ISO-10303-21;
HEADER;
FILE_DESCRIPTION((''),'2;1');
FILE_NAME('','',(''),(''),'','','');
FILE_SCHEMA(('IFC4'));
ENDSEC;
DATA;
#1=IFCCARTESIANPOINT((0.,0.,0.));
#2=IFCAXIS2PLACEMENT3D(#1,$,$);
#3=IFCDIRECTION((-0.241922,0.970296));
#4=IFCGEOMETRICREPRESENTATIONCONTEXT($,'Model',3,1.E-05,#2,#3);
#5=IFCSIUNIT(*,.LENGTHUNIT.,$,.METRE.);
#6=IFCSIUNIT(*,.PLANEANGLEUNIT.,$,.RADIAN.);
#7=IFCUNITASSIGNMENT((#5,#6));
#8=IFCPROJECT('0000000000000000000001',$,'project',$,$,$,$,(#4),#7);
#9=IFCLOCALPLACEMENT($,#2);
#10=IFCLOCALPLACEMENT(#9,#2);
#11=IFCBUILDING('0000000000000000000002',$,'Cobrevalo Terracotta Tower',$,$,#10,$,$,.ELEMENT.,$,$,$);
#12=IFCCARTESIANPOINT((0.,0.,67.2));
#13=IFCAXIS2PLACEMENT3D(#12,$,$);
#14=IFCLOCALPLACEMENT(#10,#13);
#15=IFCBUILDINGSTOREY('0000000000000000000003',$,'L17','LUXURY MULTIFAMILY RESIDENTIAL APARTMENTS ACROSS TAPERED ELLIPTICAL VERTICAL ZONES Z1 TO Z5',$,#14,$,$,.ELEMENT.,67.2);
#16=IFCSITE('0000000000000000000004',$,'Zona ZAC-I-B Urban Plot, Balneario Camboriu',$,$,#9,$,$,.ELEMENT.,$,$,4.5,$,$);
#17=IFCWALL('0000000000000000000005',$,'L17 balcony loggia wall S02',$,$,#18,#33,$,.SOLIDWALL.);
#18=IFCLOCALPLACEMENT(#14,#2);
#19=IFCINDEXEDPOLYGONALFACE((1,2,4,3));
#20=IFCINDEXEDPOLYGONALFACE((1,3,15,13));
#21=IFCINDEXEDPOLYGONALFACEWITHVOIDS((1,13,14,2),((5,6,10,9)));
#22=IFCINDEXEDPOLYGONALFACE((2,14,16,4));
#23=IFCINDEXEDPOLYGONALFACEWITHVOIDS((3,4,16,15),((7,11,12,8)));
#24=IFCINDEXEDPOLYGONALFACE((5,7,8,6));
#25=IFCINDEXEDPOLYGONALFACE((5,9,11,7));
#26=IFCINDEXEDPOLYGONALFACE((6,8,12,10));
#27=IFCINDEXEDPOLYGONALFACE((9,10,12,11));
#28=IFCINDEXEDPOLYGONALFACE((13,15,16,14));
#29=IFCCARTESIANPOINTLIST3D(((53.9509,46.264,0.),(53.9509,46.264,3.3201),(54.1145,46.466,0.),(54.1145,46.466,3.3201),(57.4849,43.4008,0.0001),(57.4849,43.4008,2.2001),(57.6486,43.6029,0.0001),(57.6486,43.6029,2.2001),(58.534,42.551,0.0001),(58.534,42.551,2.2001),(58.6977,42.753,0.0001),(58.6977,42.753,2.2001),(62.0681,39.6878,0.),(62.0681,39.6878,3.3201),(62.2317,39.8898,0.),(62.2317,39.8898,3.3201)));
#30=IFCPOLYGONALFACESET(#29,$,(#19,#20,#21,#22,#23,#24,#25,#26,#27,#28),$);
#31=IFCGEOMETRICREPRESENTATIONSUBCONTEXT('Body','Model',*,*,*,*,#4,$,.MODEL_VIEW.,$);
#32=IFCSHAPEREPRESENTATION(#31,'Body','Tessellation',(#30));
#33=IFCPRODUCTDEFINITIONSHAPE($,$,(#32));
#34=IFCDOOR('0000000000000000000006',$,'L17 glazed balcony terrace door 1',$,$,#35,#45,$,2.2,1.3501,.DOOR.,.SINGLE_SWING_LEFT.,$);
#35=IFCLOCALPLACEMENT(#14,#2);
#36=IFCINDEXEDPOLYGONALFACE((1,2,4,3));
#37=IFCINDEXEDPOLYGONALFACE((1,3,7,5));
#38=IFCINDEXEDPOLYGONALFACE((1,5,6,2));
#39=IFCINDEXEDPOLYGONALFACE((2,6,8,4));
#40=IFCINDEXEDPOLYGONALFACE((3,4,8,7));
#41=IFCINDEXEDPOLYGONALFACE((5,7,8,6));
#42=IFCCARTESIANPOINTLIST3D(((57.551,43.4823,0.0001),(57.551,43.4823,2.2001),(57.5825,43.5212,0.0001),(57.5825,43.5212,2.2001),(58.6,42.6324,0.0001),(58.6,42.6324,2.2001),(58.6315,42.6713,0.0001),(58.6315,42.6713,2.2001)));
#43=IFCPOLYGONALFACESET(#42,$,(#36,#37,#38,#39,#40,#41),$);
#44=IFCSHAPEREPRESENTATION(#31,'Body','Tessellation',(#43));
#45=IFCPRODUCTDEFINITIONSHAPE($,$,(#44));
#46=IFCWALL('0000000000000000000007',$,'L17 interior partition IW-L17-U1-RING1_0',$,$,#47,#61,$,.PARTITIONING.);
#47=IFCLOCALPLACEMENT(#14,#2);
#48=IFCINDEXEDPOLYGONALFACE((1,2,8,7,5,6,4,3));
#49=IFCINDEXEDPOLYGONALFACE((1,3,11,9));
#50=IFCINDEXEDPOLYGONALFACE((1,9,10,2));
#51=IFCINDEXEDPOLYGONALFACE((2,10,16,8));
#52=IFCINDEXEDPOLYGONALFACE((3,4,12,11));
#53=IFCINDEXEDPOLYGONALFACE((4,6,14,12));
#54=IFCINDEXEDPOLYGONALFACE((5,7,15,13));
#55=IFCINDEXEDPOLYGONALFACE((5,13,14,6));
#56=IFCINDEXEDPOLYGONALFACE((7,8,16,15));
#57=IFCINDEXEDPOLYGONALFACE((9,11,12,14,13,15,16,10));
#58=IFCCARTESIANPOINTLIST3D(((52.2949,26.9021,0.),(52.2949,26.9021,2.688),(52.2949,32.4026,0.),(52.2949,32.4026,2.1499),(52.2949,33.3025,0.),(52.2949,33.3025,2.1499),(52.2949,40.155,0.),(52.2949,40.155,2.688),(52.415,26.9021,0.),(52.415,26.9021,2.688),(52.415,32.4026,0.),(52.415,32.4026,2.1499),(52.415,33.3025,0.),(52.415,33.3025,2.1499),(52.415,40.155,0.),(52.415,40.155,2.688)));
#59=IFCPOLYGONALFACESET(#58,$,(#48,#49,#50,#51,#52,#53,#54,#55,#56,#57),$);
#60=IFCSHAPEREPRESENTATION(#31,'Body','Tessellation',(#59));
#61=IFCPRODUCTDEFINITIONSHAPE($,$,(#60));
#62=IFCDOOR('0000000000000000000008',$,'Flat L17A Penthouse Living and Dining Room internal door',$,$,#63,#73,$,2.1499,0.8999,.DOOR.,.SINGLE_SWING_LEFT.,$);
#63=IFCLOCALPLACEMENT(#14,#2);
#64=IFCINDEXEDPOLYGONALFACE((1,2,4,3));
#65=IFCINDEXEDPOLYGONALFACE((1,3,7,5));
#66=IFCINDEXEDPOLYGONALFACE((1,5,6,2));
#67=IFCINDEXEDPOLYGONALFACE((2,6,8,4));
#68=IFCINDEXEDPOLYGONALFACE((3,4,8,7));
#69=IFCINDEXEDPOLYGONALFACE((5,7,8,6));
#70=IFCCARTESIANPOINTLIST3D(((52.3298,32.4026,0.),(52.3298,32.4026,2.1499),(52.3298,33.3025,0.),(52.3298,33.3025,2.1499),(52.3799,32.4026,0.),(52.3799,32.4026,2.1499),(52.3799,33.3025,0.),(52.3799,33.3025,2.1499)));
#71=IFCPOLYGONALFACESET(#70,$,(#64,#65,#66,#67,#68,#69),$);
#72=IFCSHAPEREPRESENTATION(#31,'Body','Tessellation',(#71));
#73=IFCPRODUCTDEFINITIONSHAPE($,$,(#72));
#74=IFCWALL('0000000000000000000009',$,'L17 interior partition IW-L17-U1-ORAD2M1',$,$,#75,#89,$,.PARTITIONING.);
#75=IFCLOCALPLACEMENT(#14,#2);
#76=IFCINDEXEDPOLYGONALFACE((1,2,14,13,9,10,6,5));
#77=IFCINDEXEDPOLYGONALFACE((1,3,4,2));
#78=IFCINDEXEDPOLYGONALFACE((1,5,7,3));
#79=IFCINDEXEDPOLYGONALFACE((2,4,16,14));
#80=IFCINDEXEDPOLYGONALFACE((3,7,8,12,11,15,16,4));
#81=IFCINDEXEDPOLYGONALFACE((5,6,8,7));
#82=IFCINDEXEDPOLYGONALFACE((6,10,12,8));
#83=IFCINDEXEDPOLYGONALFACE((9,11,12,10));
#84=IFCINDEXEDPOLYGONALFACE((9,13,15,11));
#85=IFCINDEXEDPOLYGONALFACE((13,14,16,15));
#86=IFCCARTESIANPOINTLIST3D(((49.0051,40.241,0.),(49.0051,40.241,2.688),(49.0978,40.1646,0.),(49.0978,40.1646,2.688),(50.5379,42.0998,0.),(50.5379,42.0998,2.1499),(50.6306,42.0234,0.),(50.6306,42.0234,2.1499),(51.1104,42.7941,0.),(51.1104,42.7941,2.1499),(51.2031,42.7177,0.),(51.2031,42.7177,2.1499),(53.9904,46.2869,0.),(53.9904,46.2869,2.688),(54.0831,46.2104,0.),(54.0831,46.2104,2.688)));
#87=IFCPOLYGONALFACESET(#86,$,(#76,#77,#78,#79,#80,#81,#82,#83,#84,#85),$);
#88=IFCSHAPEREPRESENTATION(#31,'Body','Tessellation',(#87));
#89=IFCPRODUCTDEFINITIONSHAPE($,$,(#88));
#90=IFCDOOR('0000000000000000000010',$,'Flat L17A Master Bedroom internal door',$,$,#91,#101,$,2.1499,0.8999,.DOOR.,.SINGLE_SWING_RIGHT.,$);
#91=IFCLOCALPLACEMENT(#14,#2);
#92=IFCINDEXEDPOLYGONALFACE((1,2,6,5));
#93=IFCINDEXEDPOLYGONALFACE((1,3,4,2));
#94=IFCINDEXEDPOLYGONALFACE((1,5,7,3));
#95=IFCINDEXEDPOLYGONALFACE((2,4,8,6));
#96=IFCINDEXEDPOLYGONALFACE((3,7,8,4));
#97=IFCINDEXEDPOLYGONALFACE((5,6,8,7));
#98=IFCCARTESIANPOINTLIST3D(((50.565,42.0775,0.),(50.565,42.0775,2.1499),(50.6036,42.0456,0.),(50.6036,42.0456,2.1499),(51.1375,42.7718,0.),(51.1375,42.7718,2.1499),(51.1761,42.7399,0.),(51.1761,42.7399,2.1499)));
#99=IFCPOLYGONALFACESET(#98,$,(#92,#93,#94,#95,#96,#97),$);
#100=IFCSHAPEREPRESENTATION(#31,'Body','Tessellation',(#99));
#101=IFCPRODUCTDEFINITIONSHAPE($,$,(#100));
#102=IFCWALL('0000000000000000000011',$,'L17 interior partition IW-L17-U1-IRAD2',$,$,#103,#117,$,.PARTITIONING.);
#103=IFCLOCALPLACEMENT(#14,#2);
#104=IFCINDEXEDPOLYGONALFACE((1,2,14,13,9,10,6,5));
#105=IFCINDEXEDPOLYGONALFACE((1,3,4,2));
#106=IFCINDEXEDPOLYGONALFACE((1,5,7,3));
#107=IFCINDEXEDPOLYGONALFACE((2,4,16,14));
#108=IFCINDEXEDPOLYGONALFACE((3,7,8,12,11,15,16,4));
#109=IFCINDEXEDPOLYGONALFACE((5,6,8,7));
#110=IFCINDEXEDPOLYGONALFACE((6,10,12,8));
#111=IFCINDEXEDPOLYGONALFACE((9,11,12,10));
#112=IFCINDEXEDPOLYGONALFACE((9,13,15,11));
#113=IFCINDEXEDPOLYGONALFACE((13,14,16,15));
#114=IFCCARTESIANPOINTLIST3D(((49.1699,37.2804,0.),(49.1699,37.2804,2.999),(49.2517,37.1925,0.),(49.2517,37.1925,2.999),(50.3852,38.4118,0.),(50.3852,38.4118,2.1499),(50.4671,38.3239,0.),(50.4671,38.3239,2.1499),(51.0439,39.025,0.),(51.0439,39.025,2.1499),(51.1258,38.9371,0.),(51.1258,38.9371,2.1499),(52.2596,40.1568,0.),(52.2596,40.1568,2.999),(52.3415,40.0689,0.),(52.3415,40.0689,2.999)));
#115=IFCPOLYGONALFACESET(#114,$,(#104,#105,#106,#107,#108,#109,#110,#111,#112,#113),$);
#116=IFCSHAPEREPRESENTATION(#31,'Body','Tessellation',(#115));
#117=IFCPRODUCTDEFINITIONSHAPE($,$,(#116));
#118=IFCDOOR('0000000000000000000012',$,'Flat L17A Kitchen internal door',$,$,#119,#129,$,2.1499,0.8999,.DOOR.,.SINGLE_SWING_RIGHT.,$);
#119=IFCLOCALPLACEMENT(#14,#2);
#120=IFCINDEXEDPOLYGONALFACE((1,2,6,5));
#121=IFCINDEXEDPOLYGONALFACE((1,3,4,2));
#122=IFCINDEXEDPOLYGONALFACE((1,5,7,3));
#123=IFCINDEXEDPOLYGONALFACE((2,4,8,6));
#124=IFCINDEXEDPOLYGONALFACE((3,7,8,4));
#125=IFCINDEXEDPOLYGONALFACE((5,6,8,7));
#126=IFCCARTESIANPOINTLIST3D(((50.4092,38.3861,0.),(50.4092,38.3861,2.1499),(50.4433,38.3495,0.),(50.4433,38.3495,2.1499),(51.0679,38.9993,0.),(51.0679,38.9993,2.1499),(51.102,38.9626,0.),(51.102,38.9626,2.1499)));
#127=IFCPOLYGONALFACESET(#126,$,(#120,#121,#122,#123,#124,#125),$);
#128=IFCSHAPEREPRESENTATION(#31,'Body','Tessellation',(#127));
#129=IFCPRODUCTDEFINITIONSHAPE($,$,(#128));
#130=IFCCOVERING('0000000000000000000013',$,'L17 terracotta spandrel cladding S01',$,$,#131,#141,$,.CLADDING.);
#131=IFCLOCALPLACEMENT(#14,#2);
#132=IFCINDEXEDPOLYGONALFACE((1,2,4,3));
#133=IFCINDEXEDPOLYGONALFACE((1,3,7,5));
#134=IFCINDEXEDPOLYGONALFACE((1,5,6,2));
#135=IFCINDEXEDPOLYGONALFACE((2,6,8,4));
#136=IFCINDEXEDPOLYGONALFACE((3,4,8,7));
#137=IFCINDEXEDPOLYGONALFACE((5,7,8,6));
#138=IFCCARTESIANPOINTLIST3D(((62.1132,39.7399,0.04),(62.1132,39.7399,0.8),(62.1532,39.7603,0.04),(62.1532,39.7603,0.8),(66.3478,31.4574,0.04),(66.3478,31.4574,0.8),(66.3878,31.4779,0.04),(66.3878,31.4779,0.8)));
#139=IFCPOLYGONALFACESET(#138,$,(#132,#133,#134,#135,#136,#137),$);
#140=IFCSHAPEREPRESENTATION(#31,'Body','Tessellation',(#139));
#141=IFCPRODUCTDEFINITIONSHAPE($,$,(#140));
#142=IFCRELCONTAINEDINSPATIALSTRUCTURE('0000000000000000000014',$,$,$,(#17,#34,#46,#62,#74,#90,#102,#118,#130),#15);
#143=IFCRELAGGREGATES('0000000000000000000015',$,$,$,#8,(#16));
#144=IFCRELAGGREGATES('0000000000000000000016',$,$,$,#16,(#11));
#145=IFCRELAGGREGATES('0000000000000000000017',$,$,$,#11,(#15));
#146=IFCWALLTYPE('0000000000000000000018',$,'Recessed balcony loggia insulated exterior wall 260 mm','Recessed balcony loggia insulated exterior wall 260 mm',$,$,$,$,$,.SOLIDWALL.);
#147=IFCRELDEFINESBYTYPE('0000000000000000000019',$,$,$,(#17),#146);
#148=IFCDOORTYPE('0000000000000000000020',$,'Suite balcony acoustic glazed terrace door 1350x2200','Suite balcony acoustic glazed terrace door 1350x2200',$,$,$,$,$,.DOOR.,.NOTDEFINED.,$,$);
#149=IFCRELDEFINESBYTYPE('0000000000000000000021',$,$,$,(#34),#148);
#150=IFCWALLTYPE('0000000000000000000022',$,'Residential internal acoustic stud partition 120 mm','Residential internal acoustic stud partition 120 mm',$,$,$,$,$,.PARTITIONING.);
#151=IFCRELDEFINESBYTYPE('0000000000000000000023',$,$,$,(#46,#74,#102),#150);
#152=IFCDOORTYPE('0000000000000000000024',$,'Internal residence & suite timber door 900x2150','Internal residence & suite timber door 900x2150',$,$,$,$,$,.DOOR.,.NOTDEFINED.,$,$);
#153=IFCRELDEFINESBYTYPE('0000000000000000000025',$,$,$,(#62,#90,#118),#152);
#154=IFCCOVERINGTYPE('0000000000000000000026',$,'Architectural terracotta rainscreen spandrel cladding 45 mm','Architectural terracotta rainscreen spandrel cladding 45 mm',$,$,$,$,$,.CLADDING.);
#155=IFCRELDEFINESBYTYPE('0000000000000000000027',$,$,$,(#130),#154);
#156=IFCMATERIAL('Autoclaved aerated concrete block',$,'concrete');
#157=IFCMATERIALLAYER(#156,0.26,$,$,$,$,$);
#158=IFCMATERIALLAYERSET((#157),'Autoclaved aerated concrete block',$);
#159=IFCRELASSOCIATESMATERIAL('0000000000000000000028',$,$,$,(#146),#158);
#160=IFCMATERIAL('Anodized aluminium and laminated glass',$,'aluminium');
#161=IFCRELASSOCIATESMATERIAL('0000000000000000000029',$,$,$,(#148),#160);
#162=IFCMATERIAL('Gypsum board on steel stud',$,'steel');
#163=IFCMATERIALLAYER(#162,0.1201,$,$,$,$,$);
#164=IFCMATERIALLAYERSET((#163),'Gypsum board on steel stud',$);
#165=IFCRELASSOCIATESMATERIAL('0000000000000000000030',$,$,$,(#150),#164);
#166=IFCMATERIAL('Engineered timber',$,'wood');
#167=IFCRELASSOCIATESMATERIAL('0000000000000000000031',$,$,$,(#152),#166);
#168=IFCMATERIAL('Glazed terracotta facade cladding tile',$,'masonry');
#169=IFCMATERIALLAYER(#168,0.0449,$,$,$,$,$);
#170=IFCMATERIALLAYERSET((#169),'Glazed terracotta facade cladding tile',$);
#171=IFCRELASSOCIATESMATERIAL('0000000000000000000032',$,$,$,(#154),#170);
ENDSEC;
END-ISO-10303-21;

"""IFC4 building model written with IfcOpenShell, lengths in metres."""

from ifc_helpers import new_model, si_unit, direction, frame, frame_2d, origin, origin_2d, place, context, subcontext, project, spatial, rectangle, extrude, source, transform, mapped, material, layer, layer_set, type_object, element, fill, save


model = new_model("IFC4")

# Units and contexts
model_context = context("Model", 3, precision=1e-05, world=origin(), true_north=direction((-0.241922, 0.970296)))
body_context = subcontext(model_context, "Body", "Model", "MODEL_VIEW")
ifc_project = project(units=[si_unit("LENGTHUNIT", "METRE"), si_unit("PLANEANGLEUNIT", "RADIAN")], contexts=[model_context])

# Site, building, storey
site_placement = place(None, origin())
site = spatial("IfcSite", under=ifc_project, at=site_placement, Name="Zona ZAC-I-B Urban Plot, Balneario Camboriu", CompositionType="ELEMENT", RefElevation=4.5)
building_placement = place(site_placement, origin())
building = spatial("IfcBuilding", under=site, at=building_placement, Name="Cobrevalo Terracotta Tower", CompositionType="ELEMENT")
storey_placement = place(building_placement, frame((0.0, 0.0, 67.2)))
storey = spatial("IfcBuildingStorey", under=building, at=storey_placement, Name="L17", Description="LUXURY MULTIFAMILY RESIDENTIAL APARTMENTS ACROSS TAPERED ELLIPTICAL VERTICAL ZONES Z1 TO Z5", CompositionType="ELEMENT", Elevation=67.2)

# Walls, openings, doors
ifc_material_1 = material(Name="Autoclaved aerated concrete block", Category="concrete")
ifc_layer_1 = layer(ifc_material_1, 0.26)
ifc_layer_set_1 = layer_set([ifc_layer_1], Name="Autoclaved aerated concrete block")
wall_type_1 = type_object("IfcWallType", Name="Recessed balcony loggia insulated exterior wall 260 mm", Description="Recessed balcony loggia insulated exterior wall 260 mm", PredefinedType="SOLIDWALL", material=ifc_layer_set_1)
wall_1_placement = place(storey_placement, frame((62.1499, 39.7888, 0.0), z_axis=(0.0, 0.0, 1.0), x_axis=(-0.777005, 0.629494, 0.0)))
wall_1 = element("IfcWall", 1, at=wall_1_placement, inside=storey, type_object=wall_type_1, Name="L17 balcony loggia wall S02", PredefinedType="SOLIDWALL", context=body_context, shape_type="SweptSolid", body=[
    extrude(rectangle(XDim=10.4468, YDim=0.26, at=frame_2d((5.2234, 0.0))), origin(), (0.0, 0.0, 1.0), 3.3201),
])
opening_1_placement = place(wall_1_placement, frame((4.5483, 0.0, 0.0)))
opening_1 = element("IfcOpeningElement", 2, at=opening_1_placement, cuts=wall_1, PredefinedType="OPENING", context=body_context, shape_type="SweptSolid", body=[
    extrude(rectangle(XDim=1.3501, YDim=2.2, at=frame_2d((0.675, 1.1001))), frame((0.0, 0.1401, 0.0), z_axis=(0.0, -1.0, 0.0), x_axis=(1.0, 0.0, 0.0)), (0.0, 0.0, 1.0), 0.28),
])
ifc_material_2 = material(Name="Anodized aluminium and laminated glass", Category="aluminium")
door_type_1 = type_object("IfcDoorType", Name="Suite balcony acoustic glazed terrace door 1350x2200", Description="Suite balcony acoustic glazed terrace door 1350x2200", OperationType="NOTDEFINED", PredefinedType="DOOR", material=ifc_material_2)
shared_shape_1 = source(origin(), body_context, "Body", "SweptSolid", [
    extrude(rectangle(XDim=1.3501, YDim=2.2, at=frame_2d((0.675, 1.1001))), frame((0.0, 0.0249, 0.0), z_axis=(0.0, -1.0, 0.0), x_axis=(1.0, 0.0, 0.0)), (0.0, 0.0, 1.0), 0.05),
])
door_1_placement = place(opening_1_placement, frame((1.3501, 0.0, 0.0), z_axis=(0.0, 0.0, 1.0), x_axis=(-1.0, 0.0, 0.0)))
door_1 = element("IfcDoor", 3, at=door_1_placement, inside=storey, type_object=door_type_1, Name="L17 glazed balcony terrace door 1", OperationType="SINGLE_SWING_LEFT", OverallHeight=2.2, OverallWidth=1.3501, PredefinedType="DOOR", context=body_context, shape_type="MappedRepresentation", body=[
    mapped(shared_shape_1, transform((0.0, 0.0, 0.0), scale=1.0)),
])
fill(opening_1, door_1)
ifc_material_3 = material(Name="Gypsum board on steel stud", Category="steel")
ifc_layer_2 = layer(ifc_material_3, 0.1201)
ifc_layer_set_2 = layer_set([ifc_layer_2], Name="Gypsum board on steel stud")
wall_type_2 = type_object("IfcWallType", Name="Residential internal acoustic stud partition 120 mm", Description="Residential internal acoustic stud partition 120 mm", PredefinedType="PARTITIONING", material=ifc_layer_set_2)
wall_2_placement = place(storey_placement, frame((52.355, 40.155, 0.0), z_axis=(0.0, 0.0, 1.0), x_axis=(0.0, -1.0, 0.0)))
wall_2 = element("IfcWall", 4, at=wall_2_placement, inside=storey, type_object=wall_type_2, Name="L17 interior partition IW-L17-U1-RING1_0", PredefinedType="PARTITIONING", context=body_context, shape_type="SweptSolid", body=[
    extrude(rectangle(XDim=13.2529, YDim=0.1201, at=frame_2d((6.6265, 0.0))), origin(), (0.0, 0.0, 1.0), 2.688),
])
opening_2_placement = place(wall_2_placement, frame((6.8525, 0.0, 0.0)))
opening_2 = element("IfcOpeningElement", 5, at=opening_2_placement, cuts=wall_2, PredefinedType="OPENING", context=body_context, shape_type="SweptSolid", body=[
    extrude(rectangle(XDim=0.8999, YDim=2.1499, at=frame_2d((0.45, 1.075))), frame((0.0, 0.0701, 0.0), z_axis=(0.0, -1.0, 0.0), x_axis=(1.0, 0.0, 0.0)), (0.0, 0.0, 1.0), 0.1401),
])
ifc_material_4 = material(Name="Engineered timber", Category="wood")
door_type_2 = type_object("IfcDoorType", Name="Internal residence & suite timber door 900x2150", Description="Internal residence & suite timber door 900x2150", OperationType="NOTDEFINED", PredefinedType="DOOR", material=ifc_material_4)
shared_shape_2 = source(origin(), body_context, "Body", "SweptSolid", [
    extrude(rectangle(XDim=0.8999, YDim=2.1499, at=frame_2d((0.45, 1.075))), frame((0.0, 0.0249, 0.0), z_axis=(0.0, -1.0, 0.0), x_axis=(1.0, 0.0, 0.0)), (0.0, 0.0, 1.0), 0.05),
])
door_2_placement = place(opening_2_placement, origin())
door_2 = element("IfcDoor", 6, at=door_2_placement, inside=storey, type_object=door_type_2, Name="Flat L17A Penthouse Living and Dining Room internal door", OperationType="SINGLE_SWING_LEFT", OverallHeight=2.1499, OverallWidth=0.8999, PredefinedType="DOOR", context=body_context, shape_type="MappedRepresentation", body=[
    mapped(shared_shape_2, transform((0.0, 0.0, 0.0), scale=1.0)),
])
fill(opening_2, door_2)
wall_3_placement = place(storey_placement, frame((49.0515, 40.2029, 0.0), z_axis=(0.0, 0.0, 1.0), x_axis=(0.636192, 0.771531, 0.0)))
wall_3 = element("IfcWall", 7, at=wall_3_placement, inside=storey, type_object=wall_type_2, Name="L17 interior partition IW-L17-U1-ORAD2M1", PredefinedType="PARTITIONING", context=body_context, shape_type="SweptSolid", body=[
    extrude(rectangle(XDim=7.8362, YDim=0.1201, at=frame_2d((3.918, 0.0))), origin(), (0.0, 0.0, 1.0), 2.688),
])
opening_3_placement = place(wall_3_placement, frame((2.4092, 0.0, 0.0)))
opening_3 = element("IfcOpeningElement", 8, at=opening_3_placement, cuts=wall_3, PredefinedType="OPENING", context=body_context, shape_type="SweptSolid", body=[
    extrude(rectangle(XDim=0.8999, YDim=2.1499, at=frame_2d((0.45, 1.075))), frame((0.0, 0.0701, 0.0), z_axis=(0.0, -1.0, 0.0), x_axis=(1.0, 0.0, 0.0)), (0.0, 0.0, 1.0), 0.1401),
])
door_3_placement = place(opening_3_placement, origin())
door_3 = element("IfcDoor", 9, at=door_3_placement, inside=storey, type_object=door_type_2, Name="Flat L17A Master Bedroom internal door", OperationType="SINGLE_SWING_RIGHT", OverallHeight=2.1499, OverallWidth=0.8999, PredefinedType="DOOR", context=body_context, shape_type="MappedRepresentation", body=[
    mapped(shared_shape_2, transform((0.0, 0.0, 0.0), scale=1.0)),
])
fill(opening_3, door_3)
wall_4_placement = place(storey_placement, frame((49.2107, 37.2363, 0.0), z_axis=(0.0, 0.0, 1.0), x_axis=(0.731928, 0.681382, 0.0)))
wall_4 = element("IfcWall", 10, at=wall_4_placement, inside=storey, type_object=wall_type_2, Name="L17 interior partition IW-L17-U1-IRAD2", PredefinedType="PARTITIONING", context=body_context, shape_type="SweptSolid", body=[
    extrude(rectangle(XDim=4.2214, YDim=0.1201, at=frame_2d((2.1108, 0.0))), origin(), (0.0, 0.0, 1.0), 2.999),
])
opening_4_placement = place(wall_4_placement, frame((1.6606, 0.0, 0.0)))
opening_4 = element("IfcOpeningElement", 11, at=opening_4_placement, cuts=wall_4, PredefinedType="OPENING", context=body_context, shape_type="SweptSolid", body=[
    extrude(rectangle(XDim=0.8999, YDim=2.1499, at=frame_2d((0.45, 1.075))), frame((0.0, 0.0701, 0.0), z_axis=(0.0, -1.0, 0.0), x_axis=(1.0, 0.0, 0.0)), (0.0, 0.0, 1.0), 0.1401),
])
door_4_placement = place(opening_4_placement, origin())
door_4 = element("IfcDoor", 12, at=door_4_placement, inside=storey, type_object=door_type_2, Name="Flat L17A Kitchen internal door", OperationType="SINGLE_SWING_RIGHT", OverallHeight=2.1499, OverallWidth=0.8999, PredefinedType="DOOR", context=body_context, shape_type="MappedRepresentation", body=[
    mapped(shared_shape_2, transform((0.0, 0.0, 0.0), scale=1.0)),
])
fill(opening_4, door_4)

# Covering
ifc_material_5 = material(Name="Glazed terracotta facade cladding tile", Category="masonry")
ifc_layer_3 = layer(ifc_material_5, 0.0449)
ifc_layer_set_3 = layer_set([ifc_layer_3], Name="Glazed terracotta facade cladding tile")
covering_type = type_object("IfcCoveringType", Name="Architectural terracotta rainscreen spandrel cladding 45 mm", Description="Architectural terracotta rainscreen spandrel cladding 45 mm", PredefinedType="CLADDING", material=ifc_layer_set_3)
shared_shape_3 = source(origin(), body_context, "Body", "SweptSolid", [
    extrude(rectangle(XDim=9.3022, YDim=0.0449, at=origin_2d()), origin(), (0.0, 0.0, 1.0), 0.76),
])
covering_placement = place(storey_placement, frame((64.2505, 35.6089, 0.04), z_axis=(0.0, 0.0, 1.0), x_axis=(-0.455231, 0.890373, 0.0)))
element("IfcCovering", 13, at=covering_placement, inside=storey, type_object=covering_type, Name="L17 terracotta spandrel cladding S01", PredefinedType="CLADDING", context=body_context, shape_type="MappedRepresentation", body=[
    mapped(shared_shape_3, transform((0.0, 0.0, 0.0), scale=1.0)),
])

save(model, "model.ifc")
